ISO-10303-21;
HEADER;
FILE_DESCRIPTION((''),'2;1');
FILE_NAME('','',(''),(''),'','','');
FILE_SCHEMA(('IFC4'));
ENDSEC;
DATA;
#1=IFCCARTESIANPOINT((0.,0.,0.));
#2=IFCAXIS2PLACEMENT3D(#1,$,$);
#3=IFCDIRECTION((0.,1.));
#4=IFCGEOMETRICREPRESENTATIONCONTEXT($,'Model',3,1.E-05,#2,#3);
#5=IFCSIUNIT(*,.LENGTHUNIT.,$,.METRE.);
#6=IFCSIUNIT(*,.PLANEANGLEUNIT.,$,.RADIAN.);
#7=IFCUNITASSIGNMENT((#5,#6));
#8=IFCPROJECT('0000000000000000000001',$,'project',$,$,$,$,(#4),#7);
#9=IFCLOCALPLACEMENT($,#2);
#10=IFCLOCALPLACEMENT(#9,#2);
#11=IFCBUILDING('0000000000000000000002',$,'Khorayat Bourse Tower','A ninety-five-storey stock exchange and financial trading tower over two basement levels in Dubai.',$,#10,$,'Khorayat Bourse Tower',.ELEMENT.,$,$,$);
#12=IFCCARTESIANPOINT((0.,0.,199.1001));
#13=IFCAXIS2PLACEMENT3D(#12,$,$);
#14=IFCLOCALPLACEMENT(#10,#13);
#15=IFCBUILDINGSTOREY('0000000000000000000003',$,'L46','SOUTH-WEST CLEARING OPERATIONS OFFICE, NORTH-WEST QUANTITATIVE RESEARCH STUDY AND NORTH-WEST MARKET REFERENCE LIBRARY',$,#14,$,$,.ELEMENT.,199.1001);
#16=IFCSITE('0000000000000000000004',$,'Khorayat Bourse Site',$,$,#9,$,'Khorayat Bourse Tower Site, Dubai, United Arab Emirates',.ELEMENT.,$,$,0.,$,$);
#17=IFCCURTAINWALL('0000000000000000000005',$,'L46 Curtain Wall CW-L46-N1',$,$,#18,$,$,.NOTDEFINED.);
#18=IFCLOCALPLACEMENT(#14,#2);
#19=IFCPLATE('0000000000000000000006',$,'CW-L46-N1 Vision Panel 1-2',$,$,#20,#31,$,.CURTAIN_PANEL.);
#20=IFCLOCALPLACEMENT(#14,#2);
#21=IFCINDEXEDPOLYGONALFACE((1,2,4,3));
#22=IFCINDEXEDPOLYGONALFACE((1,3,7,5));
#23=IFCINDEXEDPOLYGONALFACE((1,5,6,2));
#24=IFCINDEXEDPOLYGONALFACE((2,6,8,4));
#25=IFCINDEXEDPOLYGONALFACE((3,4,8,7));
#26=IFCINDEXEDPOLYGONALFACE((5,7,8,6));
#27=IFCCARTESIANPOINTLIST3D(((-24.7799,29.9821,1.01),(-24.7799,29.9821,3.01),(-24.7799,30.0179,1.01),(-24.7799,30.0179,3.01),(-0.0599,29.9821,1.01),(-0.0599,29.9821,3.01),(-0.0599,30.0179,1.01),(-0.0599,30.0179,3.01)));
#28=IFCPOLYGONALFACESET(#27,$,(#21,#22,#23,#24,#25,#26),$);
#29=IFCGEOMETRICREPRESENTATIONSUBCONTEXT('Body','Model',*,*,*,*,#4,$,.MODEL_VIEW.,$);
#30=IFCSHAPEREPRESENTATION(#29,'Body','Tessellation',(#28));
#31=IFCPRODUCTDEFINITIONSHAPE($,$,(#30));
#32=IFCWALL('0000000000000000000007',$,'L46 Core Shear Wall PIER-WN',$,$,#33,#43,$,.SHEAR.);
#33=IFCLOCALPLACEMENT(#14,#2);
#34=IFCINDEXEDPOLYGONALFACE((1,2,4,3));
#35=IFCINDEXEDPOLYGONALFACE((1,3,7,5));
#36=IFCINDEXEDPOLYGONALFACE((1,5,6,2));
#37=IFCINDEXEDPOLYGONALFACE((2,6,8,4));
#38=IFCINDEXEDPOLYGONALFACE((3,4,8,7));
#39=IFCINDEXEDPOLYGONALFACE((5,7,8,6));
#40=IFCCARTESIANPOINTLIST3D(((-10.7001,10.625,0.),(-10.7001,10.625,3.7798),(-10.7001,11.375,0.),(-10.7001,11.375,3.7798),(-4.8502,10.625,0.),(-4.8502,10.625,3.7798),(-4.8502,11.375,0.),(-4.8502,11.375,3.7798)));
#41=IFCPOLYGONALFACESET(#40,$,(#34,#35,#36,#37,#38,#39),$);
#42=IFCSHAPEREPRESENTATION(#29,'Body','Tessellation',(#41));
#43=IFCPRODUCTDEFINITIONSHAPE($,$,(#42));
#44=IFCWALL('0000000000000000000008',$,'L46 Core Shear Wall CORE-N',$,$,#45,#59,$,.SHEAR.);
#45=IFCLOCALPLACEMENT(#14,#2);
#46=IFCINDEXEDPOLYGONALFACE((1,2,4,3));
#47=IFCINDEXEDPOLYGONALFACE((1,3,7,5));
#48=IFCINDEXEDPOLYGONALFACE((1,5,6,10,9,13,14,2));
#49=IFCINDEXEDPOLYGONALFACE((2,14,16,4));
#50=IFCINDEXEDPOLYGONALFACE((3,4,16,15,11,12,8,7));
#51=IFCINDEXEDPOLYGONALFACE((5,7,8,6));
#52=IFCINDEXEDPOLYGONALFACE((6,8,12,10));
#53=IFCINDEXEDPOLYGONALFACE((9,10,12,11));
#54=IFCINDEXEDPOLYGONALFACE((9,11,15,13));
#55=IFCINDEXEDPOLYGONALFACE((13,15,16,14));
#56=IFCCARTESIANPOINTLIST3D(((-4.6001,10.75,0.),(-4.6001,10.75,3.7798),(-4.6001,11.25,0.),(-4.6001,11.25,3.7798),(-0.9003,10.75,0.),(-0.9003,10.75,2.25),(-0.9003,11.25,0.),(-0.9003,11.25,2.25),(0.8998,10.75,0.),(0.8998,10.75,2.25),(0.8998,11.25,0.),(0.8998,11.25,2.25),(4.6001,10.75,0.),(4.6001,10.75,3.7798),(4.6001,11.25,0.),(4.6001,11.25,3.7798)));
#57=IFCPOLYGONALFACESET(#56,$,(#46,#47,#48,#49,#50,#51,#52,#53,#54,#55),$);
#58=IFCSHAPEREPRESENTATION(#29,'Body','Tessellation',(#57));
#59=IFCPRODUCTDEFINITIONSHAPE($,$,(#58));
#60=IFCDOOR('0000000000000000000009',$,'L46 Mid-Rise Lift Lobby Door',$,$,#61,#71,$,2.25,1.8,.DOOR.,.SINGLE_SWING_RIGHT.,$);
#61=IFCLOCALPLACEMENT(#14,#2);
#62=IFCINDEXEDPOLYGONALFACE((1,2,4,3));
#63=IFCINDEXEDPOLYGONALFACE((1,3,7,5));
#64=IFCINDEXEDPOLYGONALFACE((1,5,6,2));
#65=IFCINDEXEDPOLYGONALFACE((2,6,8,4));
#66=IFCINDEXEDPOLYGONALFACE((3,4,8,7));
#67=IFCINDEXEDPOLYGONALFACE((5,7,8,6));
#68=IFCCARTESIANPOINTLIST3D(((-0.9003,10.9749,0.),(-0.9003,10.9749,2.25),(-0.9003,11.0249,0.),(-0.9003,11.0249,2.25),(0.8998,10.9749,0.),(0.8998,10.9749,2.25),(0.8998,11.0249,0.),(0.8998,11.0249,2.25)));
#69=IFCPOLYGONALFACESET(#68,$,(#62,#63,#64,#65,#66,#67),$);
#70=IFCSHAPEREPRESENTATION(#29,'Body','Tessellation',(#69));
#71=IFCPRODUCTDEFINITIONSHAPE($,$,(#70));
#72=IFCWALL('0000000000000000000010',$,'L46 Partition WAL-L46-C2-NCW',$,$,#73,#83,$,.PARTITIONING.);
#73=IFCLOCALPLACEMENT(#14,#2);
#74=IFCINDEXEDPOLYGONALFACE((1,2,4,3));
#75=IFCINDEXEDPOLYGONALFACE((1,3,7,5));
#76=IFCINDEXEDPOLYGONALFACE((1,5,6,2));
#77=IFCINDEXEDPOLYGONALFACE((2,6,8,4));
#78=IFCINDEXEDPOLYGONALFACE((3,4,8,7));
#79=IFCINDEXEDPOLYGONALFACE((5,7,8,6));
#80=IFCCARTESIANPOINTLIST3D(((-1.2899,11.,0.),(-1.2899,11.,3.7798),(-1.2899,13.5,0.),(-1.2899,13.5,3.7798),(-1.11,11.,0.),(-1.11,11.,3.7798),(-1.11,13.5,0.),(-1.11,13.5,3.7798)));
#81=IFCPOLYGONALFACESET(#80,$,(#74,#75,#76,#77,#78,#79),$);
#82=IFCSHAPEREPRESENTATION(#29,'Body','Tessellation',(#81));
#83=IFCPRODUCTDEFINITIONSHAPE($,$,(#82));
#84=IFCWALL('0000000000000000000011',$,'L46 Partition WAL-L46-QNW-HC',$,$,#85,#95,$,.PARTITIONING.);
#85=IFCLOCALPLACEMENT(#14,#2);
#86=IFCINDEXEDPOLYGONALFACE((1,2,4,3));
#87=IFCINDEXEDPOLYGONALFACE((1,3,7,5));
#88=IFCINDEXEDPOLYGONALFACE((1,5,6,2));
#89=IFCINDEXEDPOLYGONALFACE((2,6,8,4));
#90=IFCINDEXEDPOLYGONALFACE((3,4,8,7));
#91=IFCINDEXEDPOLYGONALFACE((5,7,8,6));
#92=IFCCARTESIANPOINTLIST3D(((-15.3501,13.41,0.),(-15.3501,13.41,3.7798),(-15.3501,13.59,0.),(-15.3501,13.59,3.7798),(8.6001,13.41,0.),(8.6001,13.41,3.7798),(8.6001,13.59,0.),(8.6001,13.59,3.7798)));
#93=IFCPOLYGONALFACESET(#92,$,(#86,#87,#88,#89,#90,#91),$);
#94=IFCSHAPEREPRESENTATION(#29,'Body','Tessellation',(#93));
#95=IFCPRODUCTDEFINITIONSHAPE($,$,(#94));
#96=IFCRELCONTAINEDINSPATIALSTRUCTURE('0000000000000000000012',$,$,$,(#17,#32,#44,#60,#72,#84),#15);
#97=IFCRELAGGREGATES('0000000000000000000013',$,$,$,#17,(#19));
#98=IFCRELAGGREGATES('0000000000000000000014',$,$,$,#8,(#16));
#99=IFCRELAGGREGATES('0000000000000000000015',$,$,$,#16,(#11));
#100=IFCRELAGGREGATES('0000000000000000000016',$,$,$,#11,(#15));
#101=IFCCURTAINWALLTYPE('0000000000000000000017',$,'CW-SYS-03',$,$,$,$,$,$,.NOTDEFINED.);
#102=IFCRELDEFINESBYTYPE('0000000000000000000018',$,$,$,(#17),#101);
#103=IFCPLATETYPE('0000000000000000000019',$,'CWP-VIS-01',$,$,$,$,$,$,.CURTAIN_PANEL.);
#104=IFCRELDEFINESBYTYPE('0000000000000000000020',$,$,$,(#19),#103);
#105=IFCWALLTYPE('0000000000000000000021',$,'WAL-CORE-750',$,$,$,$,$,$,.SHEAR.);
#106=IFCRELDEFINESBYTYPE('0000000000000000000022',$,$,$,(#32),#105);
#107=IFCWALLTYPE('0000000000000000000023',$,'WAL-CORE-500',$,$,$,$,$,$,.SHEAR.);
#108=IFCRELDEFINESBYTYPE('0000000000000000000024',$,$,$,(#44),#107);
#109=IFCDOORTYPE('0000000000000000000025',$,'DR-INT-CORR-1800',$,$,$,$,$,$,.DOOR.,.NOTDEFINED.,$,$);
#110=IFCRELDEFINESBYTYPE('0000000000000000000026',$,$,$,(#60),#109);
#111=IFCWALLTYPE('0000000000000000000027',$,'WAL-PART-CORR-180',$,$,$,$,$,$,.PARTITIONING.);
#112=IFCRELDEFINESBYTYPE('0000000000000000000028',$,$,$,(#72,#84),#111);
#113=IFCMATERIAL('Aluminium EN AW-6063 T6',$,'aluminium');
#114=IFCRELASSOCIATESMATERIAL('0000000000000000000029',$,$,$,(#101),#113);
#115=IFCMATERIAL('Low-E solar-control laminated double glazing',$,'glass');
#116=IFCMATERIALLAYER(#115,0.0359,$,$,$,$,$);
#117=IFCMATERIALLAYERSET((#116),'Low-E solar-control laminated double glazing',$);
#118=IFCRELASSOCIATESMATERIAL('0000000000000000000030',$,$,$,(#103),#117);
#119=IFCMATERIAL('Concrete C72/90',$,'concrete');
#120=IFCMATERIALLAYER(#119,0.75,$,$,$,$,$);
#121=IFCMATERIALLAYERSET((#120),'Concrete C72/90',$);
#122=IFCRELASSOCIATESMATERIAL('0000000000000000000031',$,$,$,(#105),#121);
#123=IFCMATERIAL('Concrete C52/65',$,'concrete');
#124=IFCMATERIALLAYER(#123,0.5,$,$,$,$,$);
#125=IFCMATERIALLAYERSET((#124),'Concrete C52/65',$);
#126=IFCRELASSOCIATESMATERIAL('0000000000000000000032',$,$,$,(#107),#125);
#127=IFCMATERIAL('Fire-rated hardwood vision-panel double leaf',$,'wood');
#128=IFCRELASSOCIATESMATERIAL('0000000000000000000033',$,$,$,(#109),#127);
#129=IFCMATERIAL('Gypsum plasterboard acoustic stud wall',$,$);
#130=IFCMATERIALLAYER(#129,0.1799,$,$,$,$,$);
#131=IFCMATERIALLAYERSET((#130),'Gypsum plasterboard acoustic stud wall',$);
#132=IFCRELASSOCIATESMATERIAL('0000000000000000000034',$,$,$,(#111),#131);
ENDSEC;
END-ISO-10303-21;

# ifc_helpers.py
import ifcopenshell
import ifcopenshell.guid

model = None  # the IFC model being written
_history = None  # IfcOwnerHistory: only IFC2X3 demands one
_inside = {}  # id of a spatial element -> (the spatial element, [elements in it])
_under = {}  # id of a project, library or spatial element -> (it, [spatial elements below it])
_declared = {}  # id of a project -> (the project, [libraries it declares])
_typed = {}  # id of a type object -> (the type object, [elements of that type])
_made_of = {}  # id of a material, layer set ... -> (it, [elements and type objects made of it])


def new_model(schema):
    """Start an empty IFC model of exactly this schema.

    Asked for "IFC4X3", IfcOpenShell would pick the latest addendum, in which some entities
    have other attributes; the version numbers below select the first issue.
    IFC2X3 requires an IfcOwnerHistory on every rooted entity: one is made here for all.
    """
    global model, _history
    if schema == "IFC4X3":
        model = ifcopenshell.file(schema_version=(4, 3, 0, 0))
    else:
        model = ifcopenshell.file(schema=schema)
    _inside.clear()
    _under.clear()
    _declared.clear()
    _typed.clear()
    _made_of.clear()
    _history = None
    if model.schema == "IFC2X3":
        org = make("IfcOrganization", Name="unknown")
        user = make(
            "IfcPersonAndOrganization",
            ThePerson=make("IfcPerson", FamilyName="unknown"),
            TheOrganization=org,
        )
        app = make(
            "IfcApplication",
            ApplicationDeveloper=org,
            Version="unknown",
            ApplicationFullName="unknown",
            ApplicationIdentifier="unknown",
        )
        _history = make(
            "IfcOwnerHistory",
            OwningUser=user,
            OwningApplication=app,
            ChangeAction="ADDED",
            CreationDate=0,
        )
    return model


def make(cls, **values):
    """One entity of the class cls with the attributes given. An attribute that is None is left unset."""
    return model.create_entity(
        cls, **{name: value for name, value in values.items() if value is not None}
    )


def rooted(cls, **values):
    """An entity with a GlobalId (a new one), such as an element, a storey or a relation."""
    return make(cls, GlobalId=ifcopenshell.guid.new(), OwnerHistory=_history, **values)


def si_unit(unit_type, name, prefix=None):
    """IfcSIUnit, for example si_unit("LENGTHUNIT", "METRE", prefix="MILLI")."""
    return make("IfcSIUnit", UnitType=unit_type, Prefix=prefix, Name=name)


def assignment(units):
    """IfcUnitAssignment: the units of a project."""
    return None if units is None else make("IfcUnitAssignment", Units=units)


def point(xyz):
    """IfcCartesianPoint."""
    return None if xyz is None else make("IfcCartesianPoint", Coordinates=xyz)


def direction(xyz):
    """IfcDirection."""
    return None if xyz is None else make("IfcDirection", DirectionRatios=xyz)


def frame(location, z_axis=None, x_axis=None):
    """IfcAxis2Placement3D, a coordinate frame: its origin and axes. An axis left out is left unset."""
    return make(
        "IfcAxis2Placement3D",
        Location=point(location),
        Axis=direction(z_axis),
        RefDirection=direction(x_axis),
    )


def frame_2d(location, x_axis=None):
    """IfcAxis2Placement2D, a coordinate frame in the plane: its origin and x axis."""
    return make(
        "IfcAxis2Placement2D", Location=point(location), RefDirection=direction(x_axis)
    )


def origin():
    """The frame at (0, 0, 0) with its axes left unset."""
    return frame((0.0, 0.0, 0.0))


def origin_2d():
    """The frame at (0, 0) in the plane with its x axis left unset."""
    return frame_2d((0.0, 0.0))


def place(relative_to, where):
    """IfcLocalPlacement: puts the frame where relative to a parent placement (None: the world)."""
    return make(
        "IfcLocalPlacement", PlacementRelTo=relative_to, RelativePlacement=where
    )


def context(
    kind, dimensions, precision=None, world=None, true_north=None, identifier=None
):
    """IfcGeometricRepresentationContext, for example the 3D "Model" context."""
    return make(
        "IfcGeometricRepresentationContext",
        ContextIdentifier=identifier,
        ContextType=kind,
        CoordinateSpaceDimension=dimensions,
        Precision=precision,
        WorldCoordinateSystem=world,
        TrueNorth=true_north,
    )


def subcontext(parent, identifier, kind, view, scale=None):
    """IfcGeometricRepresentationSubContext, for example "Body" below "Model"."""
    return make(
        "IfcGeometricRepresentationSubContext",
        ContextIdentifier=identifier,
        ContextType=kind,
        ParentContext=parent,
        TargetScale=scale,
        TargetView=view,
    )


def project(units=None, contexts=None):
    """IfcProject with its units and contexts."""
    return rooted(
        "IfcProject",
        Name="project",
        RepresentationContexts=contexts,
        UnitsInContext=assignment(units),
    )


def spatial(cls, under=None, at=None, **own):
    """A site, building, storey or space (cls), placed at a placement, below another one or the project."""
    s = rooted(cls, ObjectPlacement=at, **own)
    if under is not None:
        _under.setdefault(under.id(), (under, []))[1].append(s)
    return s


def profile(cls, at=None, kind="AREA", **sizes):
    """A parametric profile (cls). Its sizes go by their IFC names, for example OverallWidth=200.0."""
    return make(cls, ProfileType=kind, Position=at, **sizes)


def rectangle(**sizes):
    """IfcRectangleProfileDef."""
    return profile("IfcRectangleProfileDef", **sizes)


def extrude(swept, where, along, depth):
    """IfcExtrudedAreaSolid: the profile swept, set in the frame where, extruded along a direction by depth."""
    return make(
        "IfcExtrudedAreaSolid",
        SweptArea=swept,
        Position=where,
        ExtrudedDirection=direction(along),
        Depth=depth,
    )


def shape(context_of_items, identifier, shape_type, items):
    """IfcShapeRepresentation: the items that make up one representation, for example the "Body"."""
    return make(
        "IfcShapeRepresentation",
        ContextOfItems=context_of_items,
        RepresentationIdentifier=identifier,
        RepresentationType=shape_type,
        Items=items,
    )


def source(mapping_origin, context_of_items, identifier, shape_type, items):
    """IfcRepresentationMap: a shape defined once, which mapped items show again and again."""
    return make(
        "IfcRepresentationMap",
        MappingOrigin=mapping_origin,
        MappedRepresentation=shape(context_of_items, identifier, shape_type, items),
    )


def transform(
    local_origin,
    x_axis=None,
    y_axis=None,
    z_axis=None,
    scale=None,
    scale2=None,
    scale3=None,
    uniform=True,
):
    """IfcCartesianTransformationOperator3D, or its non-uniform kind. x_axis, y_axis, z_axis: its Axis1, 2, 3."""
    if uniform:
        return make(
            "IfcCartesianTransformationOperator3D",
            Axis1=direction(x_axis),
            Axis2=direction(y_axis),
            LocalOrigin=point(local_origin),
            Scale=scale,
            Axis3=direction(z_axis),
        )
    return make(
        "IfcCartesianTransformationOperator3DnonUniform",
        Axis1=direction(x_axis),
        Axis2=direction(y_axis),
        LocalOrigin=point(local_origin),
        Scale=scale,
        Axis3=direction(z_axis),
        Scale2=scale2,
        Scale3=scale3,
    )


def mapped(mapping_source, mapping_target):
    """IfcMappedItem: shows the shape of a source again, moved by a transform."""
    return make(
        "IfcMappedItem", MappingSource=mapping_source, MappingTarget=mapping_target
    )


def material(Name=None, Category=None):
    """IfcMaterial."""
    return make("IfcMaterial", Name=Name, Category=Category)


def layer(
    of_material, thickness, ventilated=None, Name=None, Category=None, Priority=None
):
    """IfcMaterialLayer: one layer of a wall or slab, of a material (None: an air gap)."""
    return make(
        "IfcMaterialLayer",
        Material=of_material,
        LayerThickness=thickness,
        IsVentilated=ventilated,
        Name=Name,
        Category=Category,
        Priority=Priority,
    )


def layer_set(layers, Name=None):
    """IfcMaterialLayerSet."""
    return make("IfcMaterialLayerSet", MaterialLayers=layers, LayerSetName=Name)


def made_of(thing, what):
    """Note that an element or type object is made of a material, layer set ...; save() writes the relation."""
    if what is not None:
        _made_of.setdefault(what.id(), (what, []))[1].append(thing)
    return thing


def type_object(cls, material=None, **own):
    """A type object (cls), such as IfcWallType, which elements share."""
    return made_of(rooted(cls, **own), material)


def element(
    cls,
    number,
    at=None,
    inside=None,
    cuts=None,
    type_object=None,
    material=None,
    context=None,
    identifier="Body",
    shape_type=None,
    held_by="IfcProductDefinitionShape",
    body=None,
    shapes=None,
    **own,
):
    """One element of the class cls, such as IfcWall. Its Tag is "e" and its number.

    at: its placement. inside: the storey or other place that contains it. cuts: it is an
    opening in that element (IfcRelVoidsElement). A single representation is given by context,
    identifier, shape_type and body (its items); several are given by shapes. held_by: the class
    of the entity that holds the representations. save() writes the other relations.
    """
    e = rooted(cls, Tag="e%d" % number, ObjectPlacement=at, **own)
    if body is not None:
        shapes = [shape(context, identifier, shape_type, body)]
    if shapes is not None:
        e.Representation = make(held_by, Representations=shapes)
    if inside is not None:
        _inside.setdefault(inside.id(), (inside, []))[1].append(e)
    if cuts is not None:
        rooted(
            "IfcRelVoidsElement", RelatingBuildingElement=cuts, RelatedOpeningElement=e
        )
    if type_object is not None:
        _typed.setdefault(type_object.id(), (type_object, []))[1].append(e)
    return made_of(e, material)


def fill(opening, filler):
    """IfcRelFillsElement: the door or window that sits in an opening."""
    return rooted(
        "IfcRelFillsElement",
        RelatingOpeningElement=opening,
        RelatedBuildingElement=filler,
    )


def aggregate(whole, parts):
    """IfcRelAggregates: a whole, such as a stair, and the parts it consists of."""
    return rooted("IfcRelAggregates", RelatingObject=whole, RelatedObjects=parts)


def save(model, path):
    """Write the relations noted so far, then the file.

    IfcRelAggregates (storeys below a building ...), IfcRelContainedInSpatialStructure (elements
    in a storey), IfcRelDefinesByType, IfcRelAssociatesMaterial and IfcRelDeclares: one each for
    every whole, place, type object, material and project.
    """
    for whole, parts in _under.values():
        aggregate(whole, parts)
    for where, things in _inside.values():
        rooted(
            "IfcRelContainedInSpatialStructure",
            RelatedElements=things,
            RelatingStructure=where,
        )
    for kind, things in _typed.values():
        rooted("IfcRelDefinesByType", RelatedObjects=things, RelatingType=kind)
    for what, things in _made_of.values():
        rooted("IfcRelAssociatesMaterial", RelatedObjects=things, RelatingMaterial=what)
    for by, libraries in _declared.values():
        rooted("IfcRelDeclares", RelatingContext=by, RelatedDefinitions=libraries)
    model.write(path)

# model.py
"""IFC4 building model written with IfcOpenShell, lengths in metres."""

from ifc_helpers import new_model, si_unit, direction, frame, frame_2d, origin, origin_2d, place, context, subcontext, project, spatial, rectangle, extrude, source, transform, mapped, material, layer, layer_set, type_object, element, fill, aggregate, save


model = new_model("IFC4")

# Units and contexts
model_context = context("Model", 3, precision=1e-05, world=origin(), true_north=direction((0.0, 1.0)))
body_context = subcontext(model_context, "Body", "Model", "MODEL_VIEW")
ifc_project = project(units=[si_unit("LENGTHUNIT", "METRE"), si_unit("PLANEANGLEUNIT", "RADIAN")], contexts=[model_context])

# Site, building, storey
site_placement = place(None, origin())
site = spatial("IfcSite", under=ifc_project, at=site_placement, Name="Khorayat Bourse Site", LongName="Khorayat Bourse Tower Site, Dubai, United Arab Emirates", CompositionType="ELEMENT", RefElevation=0.0)
building_placement = place(site_placement, origin())
building = spatial("IfcBuilding", under=site, at=building_placement, Name="Khorayat Bourse Tower", Description="A ninety-five-storey stock exchange and financial trading tower over two basement levels in Dubai.", LongName="Khorayat Bourse Tower", CompositionType="ELEMENT")
storey_placement = place(building_placement, frame((0.0, 0.0, 199.1001)))
storey = spatial("IfcBuildingStorey", under=building, at=storey_placement, Name="L46", Description="SOUTH-WEST CLEARING OPERATIONS OFFICE, NORTH-WEST QUANTITATIVE RESEARCH STUDY AND NORTH-WEST MARKET REFERENCE LIBRARY", CompositionType="ELEMENT", Elevation=199.1001)

# Shared definitions
ifc_material_1 = material(Name="Concrete C72/90", Category="concrete")

# Curtain wall
ifc_material_2 = material(Name="Aluminium EN AW-6063 T6", Category="aluminium")
curtain_wall_type = type_object("IfcCurtainWallType", Name="CW-SYS-03", PredefinedType="NOTDEFINED", material=ifc_material_2)
curtain_wall_placement = place(storey_placement, origin())
curtain_wall = element("IfcCurtainWall", 1, at=curtain_wall_placement, inside=storey, type_object=curtain_wall_type, Name="L46 Curtain Wall CW-L46-N1", PredefinedType="NOTDEFINED")

# Plate
ifc_material_3 = material(Name="Low-E solar-control laminated double glazing", Category="glass")
ifc_layer_1 = layer(ifc_material_3, 0.0359)
ifc_layer_set_1 = layer_set([ifc_layer_1], Name="Low-E solar-control laminated double glazing")
plate_type_1 = type_object("IfcPlateType", Name="CWP-VIS-01", PredefinedType="CURTAIN_PANEL", material=ifc_layer_set_1)
shared_shape_1 = source(origin(), body_context, "Body", "SweptSolid", [
    extrude(rectangle(XDim=24.72, YDim=0.0359, at=origin_2d()), origin(), (0.0, 0.0, 1.0), 2.0),
])
plate_1_placement = place(storey_placement, frame((-12.4199, 30.0, 1.01), z_axis=(0.0, 0.0, 1.0), x_axis=(1.0, 0.0, 0.0)))
plate_1 = element("IfcPlate", 2, at=plate_1_placement, type_object=plate_type_1, Name="CW-L46-N1 Vision Panel 1-2", PredefinedType="CURTAIN_PANEL", context=body_context, shape_type="MappedRepresentation", body=[
    mapped(shared_shape_1, transform((0.0, 0.0, 0.0), scale=1.0)),
])
aggregate(curtain_wall, [plate_1])

# Wall
ifc_layer_2 = layer(ifc_material_1, 0.75)
ifc_layer_set_2 = layer_set([ifc_layer_2], Name="Concrete C72/90")
wall_type_1 = type_object("IfcWallType", Name="WAL-CORE-750", PredefinedType="SHEAR", material=ifc_layer_set_2)
shared_shape_2 = source(origin(), body_context, "Body", "SweptSolid", [
    extrude(rectangle(XDim=5.8499, YDim=0.75, at=frame_2d((2.9248, 0.0))), origin(), (0.0, 0.0, 1.0), 3.7798),
])
wall_1_placement = place(storey_placement, frame((-10.7, 11.0, 0.0), z_axis=(0.0, 0.0, 1.0), x_axis=(1.0, 0.0, 0.0)))
element("IfcWall", 3, at=wall_1_placement, inside=storey, type_object=wall_type_1, Name="L46 Core Shear Wall PIER-WN", PredefinedType="SHEAR", context=body_context, shape_type="MappedRepresentation", body=[
    mapped(shared_shape_2, transform((0.0, 0.0, 0.0), scale=1.0)),
])

# Wall, opening, door
ifc_material_4 = material(Name="Concrete C52/65", Category="concrete")
ifc_layer_3 = layer(ifc_material_4, 0.5)
ifc_layer_set_3 = layer_set([ifc_layer_3], Name="Concrete C52/65")
wall_type_2 = type_object("IfcWallType", Name="WAL-CORE-500", PredefinedType="SHEAR", material=ifc_layer_set_3)
shared_shape_3 = source(origin(), body_context, "Body", "SweptSolid", [
    extrude(rectangle(XDim=9.2002, YDim=0.5, at=frame_2d((4.6001, 0.0))), origin(), (0.0, 0.0, 1.0), 3.7798),
])
wall_2_placement = place(storey_placement, frame((-4.6001, 11.0, 0.0), z_axis=(0.0, 0.0, 1.0), x_axis=(1.0, 0.0, 0.0)))
wall_2 = element("IfcWall", 4, at=wall_2_placement, inside=storey, type_object=wall_type_2, Name="L46 Core Shear Wall CORE-N", PredefinedType="SHEAR", context=body_context, shape_type="MappedRepresentation", body=[
    mapped(shared_shape_3, transform((0.0, 0.0, 0.0), scale=1.0)),
])
shared_shape_4 = source(origin(), body_context, "Body", "SweptSolid", [
    extrude(rectangle(XDim=1.8, YDim=2.25, at=frame_2d((0.8999, 1.125))), frame((0.0, 0.26, 0.0), z_axis=(0.0, -1.0, 0.0), x_axis=(1.0, 0.0, 0.0)), (0.0, 0.0, 1.0), 0.52),
])
opening_placement = place(wall_2_placement, frame((3.7, 0.0, 0.0)))
opening = element("IfcOpeningElement", 5, at=opening_placement, cuts=wall_2, PredefinedType="OPENING", context=body_context, shape_type="MappedRepresentation", body=[
    mapped(shared_shape_4, transform((0.0, 0.0, 0.0), scale=1.0)),
])
ifc_material_5 = material(Name="Fire-rated hardwood vision-panel double leaf", Category="wood")
door_type = type_object("IfcDoorType", Name="DR-INT-CORR-1800", OperationType="NOTDEFINED", PredefinedType="DOOR", material=ifc_material_5)
shared_shape_5 = source(origin(), body_context, "Body", "SweptSolid", [
    extrude(rectangle(XDim=1.8, YDim=2.25, at=frame_2d((0.8999, 1.125))), frame((0.0, 0.0249, 0.0), z_axis=(0.0, -1.0, 0.0), x_axis=(1.0, 0.0, 0.0)), (0.0, 0.0, 1.0), 0.05),
])
door_placement = place(opening_placement, origin())
door = element("IfcDoor", 6, at=door_placement, inside=storey, type_object=door_type, Name="L46 Mid-Rise Lift Lobby Door", OperationType="SINGLE_SWING_RIGHT", OverallHeight=2.25, OverallWidth=1.8, PredefinedType="DOOR", context=body_context, shape_type="MappedRepresentation", body=[
    mapped(shared_shape_5, transform((0.0, 0.0, 0.0), scale=1.0)),
])
fill(opening, door)

# Walls
ifc_material_6 = material(Name="Gypsum plasterboard acoustic stud wall")
ifc_layer_4 = layer(ifc_material_6, 0.1799)
ifc_layer_set_4 = layer_set([ifc_layer_4], Name="Gypsum plasterboard acoustic stud wall")
wall_type_3 = type_object("IfcWallType", Name="WAL-PART-CORR-180", PredefinedType="PARTITIONING", material=ifc_layer_set_4)
shared_shape_6 = source(origin(), body_context, "Body", "SweptSolid", [
    extrude(rectangle(XDim=2.5, YDim=0.1799, at=frame_2d((1.25, 0.0))), origin(), (0.0, 0.0, 1.0), 3.7798),
])
wall_3_placement = place(storey_placement, frame((-1.2, 11.0, 0.0), z_axis=(0.0, 0.0, 1.0), x_axis=(0.0, 1.0, 0.0)))
element("IfcWall", 7, at=wall_3_placement, inside=storey, type_object=wall_type_3, Name="L46 Partition WAL-L46-C2-NCW", PredefinedType="PARTITIONING", context=body_context, shape_type="MappedRepresentation", body=[
    mapped(shared_shape_6, transform((0.0, 0.0, 0.0), scale=1.0)),
])
shared_shape_7 = source(origin(), body_context, "Body", "SweptSolid", [
    extrude(rectangle(XDim=23.9502, YDim=0.1799, at=frame_2d((11.9751, 0.0))), origin(), (0.0, 0.0, 1.0), 3.7798),
])
wall_4_placement = place(storey_placement, frame((-15.3501, 13.5, 0.0), z_axis=(0.0, 0.0, 1.0), x_axis=(1.0, 0.0, 0.0)))
element("IfcWall", 8, at=wall_4_placement, inside=storey, type_object=wall_type_3, Name="L46 Partition WAL-L46-QNW-HC", PredefinedType="PARTITIONING", context=body_context, shape_type="MappedRepresentation", body=[
    mapped(shared_shape_7, transform((0.0, 0.0, 0.0), scale=1.0)),
])

save(model, "model.ifc")
